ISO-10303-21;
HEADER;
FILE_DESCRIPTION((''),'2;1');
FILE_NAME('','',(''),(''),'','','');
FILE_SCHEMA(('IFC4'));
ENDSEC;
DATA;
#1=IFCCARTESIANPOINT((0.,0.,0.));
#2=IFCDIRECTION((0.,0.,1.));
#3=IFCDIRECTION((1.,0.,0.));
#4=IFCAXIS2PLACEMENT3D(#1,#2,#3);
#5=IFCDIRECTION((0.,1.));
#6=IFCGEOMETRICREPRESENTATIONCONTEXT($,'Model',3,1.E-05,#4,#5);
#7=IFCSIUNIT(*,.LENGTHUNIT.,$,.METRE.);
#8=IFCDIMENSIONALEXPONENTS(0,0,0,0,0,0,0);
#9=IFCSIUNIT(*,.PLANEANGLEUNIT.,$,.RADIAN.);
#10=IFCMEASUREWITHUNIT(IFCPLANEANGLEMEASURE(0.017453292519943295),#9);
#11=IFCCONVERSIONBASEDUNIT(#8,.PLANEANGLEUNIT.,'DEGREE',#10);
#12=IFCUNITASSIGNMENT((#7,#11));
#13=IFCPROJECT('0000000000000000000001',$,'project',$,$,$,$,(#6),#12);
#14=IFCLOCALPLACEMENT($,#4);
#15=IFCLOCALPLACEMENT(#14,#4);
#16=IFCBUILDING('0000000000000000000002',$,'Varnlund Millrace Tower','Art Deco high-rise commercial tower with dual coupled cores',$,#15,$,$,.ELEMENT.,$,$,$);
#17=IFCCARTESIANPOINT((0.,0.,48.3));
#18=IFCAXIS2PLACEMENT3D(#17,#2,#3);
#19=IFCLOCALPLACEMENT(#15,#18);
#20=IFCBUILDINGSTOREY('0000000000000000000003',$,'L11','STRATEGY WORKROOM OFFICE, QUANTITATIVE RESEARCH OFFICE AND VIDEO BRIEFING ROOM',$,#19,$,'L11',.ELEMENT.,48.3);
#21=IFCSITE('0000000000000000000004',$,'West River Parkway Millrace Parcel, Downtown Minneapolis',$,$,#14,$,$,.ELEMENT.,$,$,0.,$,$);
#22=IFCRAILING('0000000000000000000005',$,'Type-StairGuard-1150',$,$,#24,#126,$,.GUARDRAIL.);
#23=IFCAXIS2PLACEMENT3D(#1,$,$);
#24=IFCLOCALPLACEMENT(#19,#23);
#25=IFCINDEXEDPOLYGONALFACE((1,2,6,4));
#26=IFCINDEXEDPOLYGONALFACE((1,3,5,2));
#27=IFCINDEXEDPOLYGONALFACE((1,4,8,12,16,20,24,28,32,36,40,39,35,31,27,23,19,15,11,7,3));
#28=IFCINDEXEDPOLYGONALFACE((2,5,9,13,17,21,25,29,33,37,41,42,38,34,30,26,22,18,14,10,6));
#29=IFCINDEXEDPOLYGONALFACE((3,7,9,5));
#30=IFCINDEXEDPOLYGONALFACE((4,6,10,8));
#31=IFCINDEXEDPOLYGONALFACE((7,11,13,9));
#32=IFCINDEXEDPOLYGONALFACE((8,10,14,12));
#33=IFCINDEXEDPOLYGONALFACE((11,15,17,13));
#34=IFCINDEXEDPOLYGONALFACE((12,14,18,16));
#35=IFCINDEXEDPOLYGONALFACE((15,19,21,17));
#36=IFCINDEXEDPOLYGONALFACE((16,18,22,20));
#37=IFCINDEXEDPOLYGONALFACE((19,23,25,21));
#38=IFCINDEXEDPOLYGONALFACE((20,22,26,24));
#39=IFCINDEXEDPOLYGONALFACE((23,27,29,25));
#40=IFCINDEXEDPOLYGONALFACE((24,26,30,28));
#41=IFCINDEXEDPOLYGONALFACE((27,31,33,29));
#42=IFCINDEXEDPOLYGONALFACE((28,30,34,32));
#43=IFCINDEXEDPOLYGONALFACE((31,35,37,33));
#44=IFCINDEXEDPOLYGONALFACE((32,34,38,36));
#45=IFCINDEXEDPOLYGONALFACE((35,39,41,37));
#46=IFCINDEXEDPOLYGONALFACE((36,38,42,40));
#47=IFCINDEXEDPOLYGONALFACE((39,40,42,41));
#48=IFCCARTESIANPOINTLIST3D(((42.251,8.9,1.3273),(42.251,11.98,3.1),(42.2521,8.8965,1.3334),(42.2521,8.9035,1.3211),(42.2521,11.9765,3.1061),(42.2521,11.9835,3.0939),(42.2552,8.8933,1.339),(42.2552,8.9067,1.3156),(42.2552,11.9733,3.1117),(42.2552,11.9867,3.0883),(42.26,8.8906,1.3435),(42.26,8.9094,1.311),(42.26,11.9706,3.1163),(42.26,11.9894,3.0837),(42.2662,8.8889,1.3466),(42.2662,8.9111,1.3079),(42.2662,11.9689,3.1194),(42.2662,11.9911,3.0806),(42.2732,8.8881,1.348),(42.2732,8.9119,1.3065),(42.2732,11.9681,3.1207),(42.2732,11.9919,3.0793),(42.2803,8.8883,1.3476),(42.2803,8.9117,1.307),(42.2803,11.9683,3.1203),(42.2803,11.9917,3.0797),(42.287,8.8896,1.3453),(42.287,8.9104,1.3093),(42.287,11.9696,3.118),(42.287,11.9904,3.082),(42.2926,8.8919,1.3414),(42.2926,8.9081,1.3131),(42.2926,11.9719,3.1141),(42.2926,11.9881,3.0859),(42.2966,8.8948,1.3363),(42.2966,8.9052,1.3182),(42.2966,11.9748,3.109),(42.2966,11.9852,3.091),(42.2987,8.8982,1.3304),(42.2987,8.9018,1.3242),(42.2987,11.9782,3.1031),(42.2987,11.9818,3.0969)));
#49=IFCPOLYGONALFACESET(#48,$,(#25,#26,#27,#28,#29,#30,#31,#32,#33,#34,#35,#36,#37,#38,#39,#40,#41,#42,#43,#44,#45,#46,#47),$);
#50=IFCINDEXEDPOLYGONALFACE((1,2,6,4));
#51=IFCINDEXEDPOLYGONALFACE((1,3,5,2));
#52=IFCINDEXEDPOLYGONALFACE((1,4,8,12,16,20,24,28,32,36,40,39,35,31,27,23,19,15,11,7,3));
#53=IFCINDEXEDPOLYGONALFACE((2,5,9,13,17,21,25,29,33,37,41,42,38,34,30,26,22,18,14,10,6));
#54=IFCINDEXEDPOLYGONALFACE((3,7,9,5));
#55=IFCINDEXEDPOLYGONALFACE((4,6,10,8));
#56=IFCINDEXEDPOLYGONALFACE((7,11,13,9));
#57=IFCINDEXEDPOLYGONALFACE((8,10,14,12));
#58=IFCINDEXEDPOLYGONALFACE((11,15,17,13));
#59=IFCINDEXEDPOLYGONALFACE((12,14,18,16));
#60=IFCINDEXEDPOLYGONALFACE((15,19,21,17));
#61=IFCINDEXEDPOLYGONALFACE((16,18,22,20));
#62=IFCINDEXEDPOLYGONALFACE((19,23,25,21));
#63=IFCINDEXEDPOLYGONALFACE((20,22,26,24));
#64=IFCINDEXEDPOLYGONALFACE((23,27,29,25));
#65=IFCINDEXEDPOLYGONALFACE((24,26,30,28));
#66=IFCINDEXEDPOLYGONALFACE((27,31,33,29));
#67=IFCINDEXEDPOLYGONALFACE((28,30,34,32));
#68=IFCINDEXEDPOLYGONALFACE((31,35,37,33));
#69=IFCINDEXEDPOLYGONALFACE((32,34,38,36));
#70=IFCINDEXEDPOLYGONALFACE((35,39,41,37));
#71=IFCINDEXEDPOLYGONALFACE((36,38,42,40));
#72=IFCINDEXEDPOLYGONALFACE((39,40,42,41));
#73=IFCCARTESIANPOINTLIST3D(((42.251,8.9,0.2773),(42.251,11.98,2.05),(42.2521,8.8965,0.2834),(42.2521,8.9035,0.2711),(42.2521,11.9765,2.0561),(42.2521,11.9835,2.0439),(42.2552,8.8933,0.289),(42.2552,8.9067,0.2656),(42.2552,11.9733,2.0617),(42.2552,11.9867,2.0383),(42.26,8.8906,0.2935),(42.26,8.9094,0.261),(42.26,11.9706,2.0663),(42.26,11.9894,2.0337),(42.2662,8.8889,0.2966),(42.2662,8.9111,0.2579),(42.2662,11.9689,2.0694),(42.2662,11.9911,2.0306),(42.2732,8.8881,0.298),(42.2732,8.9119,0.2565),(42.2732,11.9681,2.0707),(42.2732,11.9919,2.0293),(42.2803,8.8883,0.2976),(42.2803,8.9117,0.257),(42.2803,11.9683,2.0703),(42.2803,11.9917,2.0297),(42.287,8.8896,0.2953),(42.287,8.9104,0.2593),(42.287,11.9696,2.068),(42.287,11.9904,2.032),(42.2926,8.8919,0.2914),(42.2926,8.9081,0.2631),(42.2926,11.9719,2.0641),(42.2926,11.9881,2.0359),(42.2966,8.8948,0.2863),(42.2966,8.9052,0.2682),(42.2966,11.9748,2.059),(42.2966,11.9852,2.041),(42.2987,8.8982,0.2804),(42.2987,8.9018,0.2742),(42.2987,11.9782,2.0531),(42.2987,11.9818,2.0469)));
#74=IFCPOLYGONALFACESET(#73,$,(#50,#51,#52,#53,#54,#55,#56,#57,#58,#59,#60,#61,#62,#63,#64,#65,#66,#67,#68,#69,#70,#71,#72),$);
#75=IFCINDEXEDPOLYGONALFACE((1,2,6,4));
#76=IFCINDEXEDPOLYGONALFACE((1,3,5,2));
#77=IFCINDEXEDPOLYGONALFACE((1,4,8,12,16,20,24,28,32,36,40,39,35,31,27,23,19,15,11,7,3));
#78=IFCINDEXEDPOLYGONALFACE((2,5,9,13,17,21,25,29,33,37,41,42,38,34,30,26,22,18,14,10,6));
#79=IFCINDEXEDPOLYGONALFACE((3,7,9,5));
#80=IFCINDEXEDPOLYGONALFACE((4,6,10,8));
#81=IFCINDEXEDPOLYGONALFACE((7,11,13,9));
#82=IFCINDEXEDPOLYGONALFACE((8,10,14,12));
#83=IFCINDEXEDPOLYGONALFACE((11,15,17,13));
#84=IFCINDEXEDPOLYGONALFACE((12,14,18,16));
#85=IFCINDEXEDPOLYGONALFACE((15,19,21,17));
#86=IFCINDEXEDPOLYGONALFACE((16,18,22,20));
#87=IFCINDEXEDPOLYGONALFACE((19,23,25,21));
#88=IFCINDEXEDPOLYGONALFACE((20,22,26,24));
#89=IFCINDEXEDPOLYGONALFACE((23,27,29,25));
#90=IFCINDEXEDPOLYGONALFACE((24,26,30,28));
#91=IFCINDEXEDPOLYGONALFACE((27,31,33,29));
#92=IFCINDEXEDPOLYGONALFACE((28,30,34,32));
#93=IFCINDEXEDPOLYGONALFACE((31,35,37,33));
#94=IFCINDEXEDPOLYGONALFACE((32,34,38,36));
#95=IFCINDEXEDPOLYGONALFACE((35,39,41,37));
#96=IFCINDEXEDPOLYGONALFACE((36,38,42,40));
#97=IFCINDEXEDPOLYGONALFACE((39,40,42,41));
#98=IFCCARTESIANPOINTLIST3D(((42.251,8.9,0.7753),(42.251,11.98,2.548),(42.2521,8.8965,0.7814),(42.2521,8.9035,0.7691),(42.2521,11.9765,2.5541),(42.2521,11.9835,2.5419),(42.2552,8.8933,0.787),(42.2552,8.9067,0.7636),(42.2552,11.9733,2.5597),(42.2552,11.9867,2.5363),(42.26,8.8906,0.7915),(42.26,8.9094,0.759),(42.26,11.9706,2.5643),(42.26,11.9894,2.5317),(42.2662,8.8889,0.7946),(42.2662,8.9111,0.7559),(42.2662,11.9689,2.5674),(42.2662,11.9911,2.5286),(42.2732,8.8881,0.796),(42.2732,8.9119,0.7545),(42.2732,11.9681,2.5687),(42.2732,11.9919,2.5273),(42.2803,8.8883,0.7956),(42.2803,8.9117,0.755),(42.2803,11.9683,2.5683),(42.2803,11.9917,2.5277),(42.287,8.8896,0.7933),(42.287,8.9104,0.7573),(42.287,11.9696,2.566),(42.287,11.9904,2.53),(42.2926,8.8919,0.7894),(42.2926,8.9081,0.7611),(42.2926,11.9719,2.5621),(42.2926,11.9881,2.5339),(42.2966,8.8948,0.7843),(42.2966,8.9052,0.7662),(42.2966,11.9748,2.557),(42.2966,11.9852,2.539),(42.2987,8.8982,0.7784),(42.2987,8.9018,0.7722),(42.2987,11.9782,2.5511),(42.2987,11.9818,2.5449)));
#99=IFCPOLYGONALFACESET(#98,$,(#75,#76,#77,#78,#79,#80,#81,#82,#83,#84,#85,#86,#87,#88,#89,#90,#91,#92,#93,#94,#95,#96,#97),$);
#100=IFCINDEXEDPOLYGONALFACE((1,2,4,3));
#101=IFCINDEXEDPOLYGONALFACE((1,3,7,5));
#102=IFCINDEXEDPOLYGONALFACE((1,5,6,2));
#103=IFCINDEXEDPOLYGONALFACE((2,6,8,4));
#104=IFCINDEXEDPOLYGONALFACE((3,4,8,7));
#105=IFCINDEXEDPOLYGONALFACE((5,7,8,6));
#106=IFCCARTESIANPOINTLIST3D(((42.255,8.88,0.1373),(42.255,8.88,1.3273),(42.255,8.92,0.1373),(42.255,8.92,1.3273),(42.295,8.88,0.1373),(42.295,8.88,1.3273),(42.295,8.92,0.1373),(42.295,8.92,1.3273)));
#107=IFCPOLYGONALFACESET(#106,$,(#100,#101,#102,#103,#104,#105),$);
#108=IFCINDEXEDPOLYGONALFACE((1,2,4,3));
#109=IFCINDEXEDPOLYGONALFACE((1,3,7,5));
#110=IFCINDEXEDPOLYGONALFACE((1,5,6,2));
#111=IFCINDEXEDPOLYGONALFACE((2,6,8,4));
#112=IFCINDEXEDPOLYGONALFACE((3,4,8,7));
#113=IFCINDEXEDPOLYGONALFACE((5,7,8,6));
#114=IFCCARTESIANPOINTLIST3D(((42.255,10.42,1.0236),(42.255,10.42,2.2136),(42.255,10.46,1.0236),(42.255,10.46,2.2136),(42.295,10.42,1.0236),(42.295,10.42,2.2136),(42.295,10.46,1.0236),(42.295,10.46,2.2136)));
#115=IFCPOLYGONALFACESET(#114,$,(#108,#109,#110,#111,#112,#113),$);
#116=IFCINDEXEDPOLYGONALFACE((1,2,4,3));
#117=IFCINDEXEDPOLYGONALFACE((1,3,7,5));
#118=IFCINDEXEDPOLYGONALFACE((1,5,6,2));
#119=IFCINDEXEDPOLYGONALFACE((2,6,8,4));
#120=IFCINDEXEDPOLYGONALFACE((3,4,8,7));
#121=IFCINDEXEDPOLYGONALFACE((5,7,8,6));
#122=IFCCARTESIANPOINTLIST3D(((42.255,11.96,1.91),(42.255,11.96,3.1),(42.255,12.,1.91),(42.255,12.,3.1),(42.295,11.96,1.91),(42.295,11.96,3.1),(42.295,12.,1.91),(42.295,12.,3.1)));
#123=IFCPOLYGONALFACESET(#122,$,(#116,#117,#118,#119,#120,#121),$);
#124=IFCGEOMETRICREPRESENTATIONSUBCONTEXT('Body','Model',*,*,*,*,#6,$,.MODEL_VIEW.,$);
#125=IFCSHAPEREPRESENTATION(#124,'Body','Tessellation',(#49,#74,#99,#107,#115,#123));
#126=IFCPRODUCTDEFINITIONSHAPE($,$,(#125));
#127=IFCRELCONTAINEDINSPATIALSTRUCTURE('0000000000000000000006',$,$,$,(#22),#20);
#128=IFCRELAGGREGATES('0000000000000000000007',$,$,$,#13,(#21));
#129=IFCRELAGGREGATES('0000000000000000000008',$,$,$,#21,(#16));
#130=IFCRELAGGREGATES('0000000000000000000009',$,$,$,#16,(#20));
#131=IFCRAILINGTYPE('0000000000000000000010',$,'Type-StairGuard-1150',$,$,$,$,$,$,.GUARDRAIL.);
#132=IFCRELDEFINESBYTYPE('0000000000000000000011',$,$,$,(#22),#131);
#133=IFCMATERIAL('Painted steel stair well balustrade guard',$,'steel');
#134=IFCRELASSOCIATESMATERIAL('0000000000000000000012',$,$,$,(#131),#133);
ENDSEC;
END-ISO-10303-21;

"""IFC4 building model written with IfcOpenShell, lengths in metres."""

from ifc_helpers import new_model, entity, si_unit, converted_unit, direction, frame, origin_with_axes, origin_2d_with_axis, place, context, subcontext, project, spatial, rectangle, circle, extrude, material, type_object, element, save


model = new_model("IFC4")

# Units and contexts
model_context = context("Model", 3, precision=1e-05, world=origin_with_axes(), true_north=direction((0.0, 1.0)))
body_context = subcontext(model_context, "Body", "Model", "MODEL_VIEW")
ifc_project = project(units=[si_unit("LENGTHUNIT", "METRE"), converted_unit("PLANEANGLEUNIT", "DEGREE", entity("IfcPlaneAngleMeasure", 0.017453292519943295), si_unit("PLANEANGLEUNIT", "RADIAN"), dimensions=[0, 0, 0, 0, 0, 0, 0])], contexts=[model_context])

# Site, building, storey
site_placement = place(None, origin_with_axes())
site = spatial("IfcSite", under=ifc_project, at=site_placement, Name="West River Parkway Millrace Parcel, Downtown Minneapolis", CompositionType="ELEMENT", RefElevation=0.0)
building_placement = place(site_placement, origin_with_axes())
building = spatial("IfcBuilding", under=site, at=building_placement, Name="Varnlund Millrace Tower", Description="Art Deco high-rise commercial tower with dual coupled cores", CompositionType="ELEMENT")
storey_placement = place(building_placement, frame((0.0, 0.0, 48.3), z_axis=(0.0, 0.0, 1.0), x_axis=(1.0, 0.0, 0.0)))
storey = spatial("IfcBuildingStorey", under=building, at=storey_placement, Name="L11", Description="STRATEGY WORKROOM OFFICE, QUANTITATIVE RESEARCH OFFICE AND VIDEO BRIEFING ROOM", LongName="L11", CompositionType="ELEMENT", Elevation=48.3)

# Railing
ifc_material_1 = material(Name="Painted steel stair well balustrade guard", Category="steel")
railing_type_1 = type_object("IfcRailingType", Name="Type-StairGuard-1150", PredefinedType="GUARDRAIL", material=ifc_material_1)
railing_1_placement = place(storey_placement, frame((0.0, 0.0, -48.3), z_axis=(0.0, 0.0, 1.0), x_axis=(1.0, 0.0, 0.0)))
element("IfcRailing", 1, at=railing_1_placement, inside=storey, type_object=railing_type_1, Name="Type-StairGuard-1150", PredefinedType="GUARDRAIL", context=body_context, shape_type="SweptSolid", body=[
    extrude(circle(Radius=0.024, at=origin_2d_with_axis()), frame((42.275, 8.9, 49.6273), z_axis=(0.0, 0.866696, 0.498836), x_axis=(-1.0, 0.0, 0.0)), (0.0, 0.0, 1.0), 3.5537),
    extrude(circle(Radius=0.024, at=origin_2d_with_axis()), frame((42.275, 8.9, 48.5773), z_axis=(0.0, 0.866696, 0.498836), x_axis=(-1.0, 0.0, 0.0)), (0.0, 0.0, 1.0), 3.5537),
    extrude(circle(Radius=0.024, at=origin_2d_with_axis()), frame((42.275, 8.9, 49.0753), z_axis=(0.0, 0.866696, 0.498836), x_axis=(-1.0, 0.0, 0.0)), (0.0, 0.0, 1.0), 3.5537),
    extrude(rectangle(XDim=0.04, YDim=0.04, at=origin_2d_with_axis()), frame((42.275, 8.9, 48.4373), z_axis=(0.0, 0.0, 1.0), x_axis=(1.0, 0.0, 0.0)), (0.0, 0.0, 1.0), 1.19),
    extrude(rectangle(XDim=0.04, YDim=0.04, at=origin_2d_with_axis()), frame((42.275, 10.44, 49.3236), z_axis=(0.0, 0.0, 1.0), x_axis=(1.0, 0.0, 0.0)), (0.0, 0.0, 1.0), 1.19),
    extrude(rectangle(XDim=0.04, YDim=0.04, at=origin_2d_with_axis()), frame((42.275, 11.98, 50.21), z_axis=(0.0, 0.0, 1.0), x_axis=(1.0, 0.0, 0.0)), (0.0, 0.0, 1.0), 1.19),
])

save(model, "model.ifc")
